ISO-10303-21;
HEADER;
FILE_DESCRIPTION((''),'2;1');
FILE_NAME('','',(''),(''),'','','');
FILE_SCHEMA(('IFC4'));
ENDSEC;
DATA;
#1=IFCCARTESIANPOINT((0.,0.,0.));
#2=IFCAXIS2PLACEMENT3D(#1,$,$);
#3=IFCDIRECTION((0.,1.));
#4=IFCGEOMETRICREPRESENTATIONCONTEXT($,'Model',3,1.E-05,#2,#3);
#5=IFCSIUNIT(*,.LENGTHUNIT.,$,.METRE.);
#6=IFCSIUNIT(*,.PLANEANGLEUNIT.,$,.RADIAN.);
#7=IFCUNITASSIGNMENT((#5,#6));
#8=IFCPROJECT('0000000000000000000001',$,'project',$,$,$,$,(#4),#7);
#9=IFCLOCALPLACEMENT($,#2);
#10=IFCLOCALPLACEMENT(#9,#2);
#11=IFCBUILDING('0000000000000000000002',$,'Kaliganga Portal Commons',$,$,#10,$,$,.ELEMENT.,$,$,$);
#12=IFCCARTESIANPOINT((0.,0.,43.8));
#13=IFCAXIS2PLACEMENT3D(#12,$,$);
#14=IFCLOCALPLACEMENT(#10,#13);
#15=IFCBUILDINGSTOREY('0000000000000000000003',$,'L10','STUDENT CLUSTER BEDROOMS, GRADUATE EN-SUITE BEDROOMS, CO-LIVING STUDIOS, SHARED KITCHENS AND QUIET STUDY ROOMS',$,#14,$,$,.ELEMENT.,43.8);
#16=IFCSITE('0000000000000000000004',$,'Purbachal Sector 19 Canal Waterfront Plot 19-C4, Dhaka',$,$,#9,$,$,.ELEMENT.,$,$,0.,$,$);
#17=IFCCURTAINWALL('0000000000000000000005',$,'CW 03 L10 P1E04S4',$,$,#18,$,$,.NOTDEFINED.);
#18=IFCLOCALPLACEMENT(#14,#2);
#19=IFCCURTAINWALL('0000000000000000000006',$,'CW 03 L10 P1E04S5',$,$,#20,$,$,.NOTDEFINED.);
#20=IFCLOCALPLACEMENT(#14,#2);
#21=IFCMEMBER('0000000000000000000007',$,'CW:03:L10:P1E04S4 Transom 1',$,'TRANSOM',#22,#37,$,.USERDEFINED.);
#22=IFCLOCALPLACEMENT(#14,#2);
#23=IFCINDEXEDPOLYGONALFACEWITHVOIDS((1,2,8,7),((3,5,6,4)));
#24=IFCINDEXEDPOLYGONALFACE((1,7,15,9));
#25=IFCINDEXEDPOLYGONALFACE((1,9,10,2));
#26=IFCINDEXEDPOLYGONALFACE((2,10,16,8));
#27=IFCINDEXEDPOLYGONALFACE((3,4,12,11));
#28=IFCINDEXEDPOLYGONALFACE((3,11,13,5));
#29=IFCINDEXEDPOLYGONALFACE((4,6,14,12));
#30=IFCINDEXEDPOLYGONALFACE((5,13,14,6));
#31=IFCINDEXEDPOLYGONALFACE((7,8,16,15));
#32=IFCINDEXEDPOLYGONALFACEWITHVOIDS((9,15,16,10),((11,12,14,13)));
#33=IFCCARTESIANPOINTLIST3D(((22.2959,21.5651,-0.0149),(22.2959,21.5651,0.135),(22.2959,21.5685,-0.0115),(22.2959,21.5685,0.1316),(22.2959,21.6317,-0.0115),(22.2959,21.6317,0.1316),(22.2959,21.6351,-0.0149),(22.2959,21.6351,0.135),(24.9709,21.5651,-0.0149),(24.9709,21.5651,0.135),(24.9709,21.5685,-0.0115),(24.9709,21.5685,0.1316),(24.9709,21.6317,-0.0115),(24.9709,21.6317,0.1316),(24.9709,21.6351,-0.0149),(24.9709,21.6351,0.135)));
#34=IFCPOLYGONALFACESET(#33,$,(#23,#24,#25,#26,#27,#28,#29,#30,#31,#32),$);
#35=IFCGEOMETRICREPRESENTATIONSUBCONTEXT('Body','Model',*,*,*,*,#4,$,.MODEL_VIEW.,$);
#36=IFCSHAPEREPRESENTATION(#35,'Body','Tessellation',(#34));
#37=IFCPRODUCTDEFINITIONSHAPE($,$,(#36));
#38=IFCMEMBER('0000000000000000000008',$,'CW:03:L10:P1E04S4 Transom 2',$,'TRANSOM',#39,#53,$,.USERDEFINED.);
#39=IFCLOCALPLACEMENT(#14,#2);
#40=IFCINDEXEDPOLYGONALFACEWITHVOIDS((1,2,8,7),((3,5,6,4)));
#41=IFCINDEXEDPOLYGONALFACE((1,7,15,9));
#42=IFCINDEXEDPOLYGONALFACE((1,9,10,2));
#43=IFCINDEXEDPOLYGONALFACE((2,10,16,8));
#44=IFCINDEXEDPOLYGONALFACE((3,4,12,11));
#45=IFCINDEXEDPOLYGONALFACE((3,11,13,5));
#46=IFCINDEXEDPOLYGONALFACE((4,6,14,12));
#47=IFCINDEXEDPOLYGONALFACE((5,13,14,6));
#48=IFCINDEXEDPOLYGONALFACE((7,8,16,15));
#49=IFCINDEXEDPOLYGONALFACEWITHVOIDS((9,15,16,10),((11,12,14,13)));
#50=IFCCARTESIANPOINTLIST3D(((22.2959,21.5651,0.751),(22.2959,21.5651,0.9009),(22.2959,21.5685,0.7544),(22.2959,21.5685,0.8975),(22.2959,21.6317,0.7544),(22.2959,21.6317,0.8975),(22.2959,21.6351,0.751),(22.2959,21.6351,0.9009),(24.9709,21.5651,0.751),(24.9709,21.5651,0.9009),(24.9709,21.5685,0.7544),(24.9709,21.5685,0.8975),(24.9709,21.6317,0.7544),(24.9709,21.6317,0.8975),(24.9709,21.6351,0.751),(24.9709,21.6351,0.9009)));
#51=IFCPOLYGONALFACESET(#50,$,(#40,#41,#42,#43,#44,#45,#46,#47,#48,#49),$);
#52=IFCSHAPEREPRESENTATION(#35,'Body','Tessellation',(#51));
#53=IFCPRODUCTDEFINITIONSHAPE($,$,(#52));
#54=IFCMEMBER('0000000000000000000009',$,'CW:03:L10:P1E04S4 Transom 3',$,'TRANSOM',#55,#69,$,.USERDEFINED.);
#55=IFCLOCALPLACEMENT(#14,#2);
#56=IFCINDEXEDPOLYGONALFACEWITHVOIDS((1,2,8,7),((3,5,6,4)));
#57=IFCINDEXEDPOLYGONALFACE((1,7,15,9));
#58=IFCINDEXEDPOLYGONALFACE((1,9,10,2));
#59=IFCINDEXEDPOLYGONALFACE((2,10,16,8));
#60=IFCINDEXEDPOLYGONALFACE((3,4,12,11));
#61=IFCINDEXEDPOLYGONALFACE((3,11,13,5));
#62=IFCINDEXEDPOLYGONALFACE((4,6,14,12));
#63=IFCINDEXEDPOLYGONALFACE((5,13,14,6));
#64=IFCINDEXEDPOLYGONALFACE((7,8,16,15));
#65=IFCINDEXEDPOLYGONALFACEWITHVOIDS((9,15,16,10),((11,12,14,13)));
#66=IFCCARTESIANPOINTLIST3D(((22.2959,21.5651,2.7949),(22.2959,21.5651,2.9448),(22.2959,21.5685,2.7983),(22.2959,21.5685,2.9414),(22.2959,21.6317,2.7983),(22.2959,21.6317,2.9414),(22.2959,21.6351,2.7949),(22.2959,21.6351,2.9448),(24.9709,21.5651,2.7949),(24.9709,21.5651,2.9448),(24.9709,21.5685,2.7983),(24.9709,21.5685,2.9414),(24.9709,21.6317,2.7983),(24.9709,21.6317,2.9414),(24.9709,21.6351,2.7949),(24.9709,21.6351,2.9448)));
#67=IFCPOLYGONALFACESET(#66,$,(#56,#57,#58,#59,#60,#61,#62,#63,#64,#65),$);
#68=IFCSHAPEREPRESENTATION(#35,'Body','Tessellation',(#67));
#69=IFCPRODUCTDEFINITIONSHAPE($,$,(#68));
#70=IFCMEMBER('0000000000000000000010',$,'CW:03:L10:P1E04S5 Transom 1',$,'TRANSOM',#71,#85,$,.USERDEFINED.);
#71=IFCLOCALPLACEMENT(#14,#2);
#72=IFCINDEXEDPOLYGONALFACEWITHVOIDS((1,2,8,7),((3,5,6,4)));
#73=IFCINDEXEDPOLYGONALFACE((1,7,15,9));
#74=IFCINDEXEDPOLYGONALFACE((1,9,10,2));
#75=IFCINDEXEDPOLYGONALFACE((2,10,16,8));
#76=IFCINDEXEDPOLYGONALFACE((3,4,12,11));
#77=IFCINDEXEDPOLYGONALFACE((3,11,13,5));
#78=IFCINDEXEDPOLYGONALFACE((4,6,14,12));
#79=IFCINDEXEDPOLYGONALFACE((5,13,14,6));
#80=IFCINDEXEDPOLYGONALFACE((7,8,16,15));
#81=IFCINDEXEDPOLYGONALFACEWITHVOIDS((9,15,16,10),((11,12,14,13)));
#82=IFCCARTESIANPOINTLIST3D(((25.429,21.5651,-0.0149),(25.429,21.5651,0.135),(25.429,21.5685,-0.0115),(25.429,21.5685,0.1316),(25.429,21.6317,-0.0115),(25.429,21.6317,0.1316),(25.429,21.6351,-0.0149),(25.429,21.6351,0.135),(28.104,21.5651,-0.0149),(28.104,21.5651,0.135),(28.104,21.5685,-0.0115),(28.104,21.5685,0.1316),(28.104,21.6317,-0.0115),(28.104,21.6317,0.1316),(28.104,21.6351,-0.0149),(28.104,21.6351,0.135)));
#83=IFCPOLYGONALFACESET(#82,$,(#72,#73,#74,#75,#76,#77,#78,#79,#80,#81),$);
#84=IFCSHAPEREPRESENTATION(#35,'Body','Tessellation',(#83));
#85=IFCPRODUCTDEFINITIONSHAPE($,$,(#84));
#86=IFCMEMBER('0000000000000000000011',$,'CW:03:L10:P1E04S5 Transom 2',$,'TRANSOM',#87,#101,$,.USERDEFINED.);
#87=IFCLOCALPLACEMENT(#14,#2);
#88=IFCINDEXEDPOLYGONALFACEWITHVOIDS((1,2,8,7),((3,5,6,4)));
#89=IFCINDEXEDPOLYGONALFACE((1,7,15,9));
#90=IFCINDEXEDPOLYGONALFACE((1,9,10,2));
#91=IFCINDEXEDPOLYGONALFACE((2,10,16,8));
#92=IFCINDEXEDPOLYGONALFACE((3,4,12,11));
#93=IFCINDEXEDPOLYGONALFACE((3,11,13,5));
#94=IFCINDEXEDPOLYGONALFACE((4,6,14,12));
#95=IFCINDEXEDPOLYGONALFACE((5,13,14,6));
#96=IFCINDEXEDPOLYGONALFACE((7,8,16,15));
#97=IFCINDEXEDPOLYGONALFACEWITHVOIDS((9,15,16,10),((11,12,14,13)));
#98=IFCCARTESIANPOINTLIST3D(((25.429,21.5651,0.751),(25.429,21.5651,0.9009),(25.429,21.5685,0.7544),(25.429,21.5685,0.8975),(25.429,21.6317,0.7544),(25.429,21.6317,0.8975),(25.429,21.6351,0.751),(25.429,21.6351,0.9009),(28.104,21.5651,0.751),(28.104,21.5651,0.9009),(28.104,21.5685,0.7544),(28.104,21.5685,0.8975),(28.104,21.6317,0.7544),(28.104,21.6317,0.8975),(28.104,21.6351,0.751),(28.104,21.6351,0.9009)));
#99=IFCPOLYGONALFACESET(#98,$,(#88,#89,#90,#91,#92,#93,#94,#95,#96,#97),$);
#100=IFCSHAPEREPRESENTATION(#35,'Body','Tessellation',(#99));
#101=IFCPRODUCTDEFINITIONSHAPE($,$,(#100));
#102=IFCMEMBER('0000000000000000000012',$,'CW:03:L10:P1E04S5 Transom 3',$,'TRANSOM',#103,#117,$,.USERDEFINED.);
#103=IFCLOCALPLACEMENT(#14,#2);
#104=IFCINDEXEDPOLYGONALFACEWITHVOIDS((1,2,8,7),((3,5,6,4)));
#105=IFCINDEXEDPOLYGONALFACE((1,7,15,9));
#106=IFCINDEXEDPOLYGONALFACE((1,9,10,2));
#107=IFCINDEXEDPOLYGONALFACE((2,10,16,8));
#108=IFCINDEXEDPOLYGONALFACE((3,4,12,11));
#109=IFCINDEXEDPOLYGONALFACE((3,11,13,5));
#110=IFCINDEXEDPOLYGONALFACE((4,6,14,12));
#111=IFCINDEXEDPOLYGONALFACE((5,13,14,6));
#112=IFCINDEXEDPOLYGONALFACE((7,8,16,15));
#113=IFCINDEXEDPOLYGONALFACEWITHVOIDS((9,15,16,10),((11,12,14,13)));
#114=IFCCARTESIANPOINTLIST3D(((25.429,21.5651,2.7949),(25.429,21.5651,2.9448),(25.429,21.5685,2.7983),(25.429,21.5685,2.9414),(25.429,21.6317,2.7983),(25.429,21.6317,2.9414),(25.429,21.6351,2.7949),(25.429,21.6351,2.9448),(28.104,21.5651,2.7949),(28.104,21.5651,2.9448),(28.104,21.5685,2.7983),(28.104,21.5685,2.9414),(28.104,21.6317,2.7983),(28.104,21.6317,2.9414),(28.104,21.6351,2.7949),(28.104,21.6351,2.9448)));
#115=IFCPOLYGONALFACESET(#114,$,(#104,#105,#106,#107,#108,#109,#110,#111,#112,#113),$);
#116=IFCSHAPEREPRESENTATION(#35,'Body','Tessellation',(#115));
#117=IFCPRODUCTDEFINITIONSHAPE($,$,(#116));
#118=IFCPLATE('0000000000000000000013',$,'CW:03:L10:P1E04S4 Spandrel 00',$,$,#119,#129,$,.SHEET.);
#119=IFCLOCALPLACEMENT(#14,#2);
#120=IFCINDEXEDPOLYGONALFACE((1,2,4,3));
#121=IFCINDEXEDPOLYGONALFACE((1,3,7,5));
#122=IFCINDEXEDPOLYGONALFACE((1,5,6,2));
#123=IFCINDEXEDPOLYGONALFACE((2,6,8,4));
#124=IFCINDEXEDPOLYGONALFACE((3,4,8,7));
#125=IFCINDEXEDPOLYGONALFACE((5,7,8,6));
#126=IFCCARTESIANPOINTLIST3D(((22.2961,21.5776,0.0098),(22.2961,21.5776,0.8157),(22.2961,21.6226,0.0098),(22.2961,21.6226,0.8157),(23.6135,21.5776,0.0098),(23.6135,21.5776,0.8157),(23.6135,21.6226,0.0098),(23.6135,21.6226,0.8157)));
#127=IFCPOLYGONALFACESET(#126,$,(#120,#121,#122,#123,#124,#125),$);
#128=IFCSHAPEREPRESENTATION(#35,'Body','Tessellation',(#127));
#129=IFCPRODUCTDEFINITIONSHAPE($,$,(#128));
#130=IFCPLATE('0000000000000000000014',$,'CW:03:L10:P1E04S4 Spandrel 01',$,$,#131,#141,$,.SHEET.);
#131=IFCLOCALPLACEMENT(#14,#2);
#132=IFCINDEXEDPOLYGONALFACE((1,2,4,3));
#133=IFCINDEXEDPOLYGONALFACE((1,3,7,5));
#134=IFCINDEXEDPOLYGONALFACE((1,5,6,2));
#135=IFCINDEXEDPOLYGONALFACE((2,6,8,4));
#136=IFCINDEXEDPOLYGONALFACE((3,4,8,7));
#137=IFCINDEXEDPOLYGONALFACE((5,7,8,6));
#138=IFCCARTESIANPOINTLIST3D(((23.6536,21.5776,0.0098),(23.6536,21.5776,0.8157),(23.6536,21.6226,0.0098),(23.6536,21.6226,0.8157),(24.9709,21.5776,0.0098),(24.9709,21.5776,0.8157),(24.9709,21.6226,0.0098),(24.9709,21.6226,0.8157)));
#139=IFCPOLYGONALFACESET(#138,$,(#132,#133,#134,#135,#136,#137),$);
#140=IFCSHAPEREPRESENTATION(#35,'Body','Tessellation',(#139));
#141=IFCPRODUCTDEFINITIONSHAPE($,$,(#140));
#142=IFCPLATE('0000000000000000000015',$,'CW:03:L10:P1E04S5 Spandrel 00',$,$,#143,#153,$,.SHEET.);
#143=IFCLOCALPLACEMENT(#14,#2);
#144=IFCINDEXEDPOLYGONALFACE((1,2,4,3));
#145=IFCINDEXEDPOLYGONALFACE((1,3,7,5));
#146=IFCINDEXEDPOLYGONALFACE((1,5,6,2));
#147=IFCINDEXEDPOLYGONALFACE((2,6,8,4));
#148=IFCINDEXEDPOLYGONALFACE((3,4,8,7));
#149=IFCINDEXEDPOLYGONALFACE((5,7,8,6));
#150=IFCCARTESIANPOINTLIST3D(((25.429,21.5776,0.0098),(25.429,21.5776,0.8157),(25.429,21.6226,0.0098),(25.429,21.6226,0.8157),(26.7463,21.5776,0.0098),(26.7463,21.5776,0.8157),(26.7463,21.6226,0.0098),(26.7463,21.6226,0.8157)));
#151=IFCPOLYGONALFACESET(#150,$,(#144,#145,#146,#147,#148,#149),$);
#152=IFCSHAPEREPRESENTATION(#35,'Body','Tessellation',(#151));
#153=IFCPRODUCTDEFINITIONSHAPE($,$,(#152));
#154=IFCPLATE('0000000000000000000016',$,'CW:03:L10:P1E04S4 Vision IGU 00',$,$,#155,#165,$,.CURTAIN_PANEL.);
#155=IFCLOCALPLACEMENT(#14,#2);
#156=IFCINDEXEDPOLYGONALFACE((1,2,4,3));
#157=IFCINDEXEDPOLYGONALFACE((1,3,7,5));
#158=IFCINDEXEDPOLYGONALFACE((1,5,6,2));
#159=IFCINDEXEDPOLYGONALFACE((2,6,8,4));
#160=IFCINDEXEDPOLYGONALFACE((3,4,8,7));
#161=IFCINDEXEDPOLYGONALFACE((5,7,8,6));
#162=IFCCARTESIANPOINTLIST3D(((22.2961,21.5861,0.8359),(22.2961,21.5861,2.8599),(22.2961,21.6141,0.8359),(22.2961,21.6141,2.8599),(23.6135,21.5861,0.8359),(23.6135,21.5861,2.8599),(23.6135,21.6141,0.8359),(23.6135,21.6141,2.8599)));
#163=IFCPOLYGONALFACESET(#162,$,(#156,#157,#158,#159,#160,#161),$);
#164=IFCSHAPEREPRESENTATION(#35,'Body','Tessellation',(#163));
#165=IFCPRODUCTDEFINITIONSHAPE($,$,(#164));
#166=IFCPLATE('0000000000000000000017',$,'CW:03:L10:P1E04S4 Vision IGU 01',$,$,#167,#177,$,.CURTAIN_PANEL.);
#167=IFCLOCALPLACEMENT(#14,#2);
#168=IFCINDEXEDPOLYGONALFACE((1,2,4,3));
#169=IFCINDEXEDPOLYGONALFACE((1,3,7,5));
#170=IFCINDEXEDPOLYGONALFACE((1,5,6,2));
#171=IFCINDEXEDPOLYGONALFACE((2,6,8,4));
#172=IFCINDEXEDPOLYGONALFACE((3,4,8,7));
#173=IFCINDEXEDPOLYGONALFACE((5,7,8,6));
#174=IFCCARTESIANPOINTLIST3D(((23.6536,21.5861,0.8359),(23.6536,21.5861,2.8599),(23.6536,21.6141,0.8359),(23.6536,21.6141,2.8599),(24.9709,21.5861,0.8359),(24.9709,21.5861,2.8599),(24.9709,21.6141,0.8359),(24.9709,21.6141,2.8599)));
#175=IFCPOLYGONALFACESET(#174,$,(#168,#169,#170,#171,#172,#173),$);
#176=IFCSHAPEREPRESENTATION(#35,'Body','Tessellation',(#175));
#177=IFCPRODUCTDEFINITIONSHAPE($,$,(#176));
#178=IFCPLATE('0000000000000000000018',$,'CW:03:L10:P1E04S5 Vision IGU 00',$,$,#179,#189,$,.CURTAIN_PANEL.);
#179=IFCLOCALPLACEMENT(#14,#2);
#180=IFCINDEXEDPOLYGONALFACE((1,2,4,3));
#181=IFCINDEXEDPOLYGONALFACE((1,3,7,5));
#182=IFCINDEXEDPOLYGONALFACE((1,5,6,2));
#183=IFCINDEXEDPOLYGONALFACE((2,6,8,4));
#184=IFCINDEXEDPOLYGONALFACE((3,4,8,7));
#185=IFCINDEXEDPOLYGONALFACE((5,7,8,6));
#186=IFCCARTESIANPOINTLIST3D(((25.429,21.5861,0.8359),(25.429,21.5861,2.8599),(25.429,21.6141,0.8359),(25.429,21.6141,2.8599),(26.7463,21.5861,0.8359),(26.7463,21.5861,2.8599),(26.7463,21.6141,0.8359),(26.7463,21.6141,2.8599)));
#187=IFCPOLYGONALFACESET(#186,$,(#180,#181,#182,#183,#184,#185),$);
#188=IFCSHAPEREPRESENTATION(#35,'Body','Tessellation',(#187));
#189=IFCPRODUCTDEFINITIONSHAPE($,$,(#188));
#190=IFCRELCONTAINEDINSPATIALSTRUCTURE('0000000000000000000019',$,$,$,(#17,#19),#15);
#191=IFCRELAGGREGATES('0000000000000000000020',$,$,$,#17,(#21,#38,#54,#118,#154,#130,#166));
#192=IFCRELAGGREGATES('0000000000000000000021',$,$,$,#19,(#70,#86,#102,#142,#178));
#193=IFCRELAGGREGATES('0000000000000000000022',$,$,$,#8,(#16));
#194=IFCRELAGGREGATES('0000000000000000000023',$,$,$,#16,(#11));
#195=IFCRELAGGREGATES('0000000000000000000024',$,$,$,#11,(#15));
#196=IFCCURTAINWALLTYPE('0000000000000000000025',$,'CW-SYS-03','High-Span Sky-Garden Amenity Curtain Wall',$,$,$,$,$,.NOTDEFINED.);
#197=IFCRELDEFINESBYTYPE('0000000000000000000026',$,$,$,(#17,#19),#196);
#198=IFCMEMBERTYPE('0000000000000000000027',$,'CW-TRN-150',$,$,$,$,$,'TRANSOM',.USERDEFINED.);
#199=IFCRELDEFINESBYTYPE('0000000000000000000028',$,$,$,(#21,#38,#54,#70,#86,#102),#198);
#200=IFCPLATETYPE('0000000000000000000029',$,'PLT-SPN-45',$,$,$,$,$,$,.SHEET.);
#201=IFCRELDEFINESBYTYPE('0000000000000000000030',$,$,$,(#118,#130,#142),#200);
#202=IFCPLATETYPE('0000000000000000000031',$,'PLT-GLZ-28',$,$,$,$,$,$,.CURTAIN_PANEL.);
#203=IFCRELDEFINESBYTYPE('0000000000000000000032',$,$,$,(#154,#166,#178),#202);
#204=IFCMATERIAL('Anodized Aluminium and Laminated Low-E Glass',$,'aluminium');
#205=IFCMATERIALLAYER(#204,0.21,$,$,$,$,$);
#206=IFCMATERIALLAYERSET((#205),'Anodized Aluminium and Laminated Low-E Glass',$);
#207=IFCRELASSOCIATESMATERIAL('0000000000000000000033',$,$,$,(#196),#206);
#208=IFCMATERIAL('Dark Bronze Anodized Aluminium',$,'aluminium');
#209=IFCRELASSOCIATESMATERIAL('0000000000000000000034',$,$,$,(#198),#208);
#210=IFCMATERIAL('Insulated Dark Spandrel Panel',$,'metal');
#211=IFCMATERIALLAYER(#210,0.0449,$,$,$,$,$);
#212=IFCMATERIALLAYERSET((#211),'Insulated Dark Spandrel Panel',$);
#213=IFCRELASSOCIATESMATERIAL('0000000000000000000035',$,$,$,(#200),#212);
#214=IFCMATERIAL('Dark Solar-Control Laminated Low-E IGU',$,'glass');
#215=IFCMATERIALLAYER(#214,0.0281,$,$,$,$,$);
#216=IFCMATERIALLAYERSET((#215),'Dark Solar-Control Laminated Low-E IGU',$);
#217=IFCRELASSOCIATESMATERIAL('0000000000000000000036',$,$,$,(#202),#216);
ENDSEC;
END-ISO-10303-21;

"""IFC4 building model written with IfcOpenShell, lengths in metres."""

from ifc_helpers import new_model, si_unit, direction, frame, origin, origin_2d, place, context, subcontext, project, spatial, rectangle, hollow_rectangle, extrude, source, transform, mapped, material, layer, layer_set, material_profile, profile_set, type_object, element, aggregate, save


model = new_model("IFC4")

# Units and contexts
model_context = context("Model", 3, precision=1e-05, world=origin(), true_north=direction((0.0, 1.0)))
body_context = subcontext(model_context, "Body", "Model", "MODEL_VIEW")
ifc_project = project(units=[si_unit("LENGTHUNIT", "METRE"), si_unit("PLANEANGLEUNIT", "RADIAN")], contexts=[model_context])

# Site, building, storey
site_placement = place(None, origin())
site = spatial("IfcSite", under=ifc_project, at=site_placement, Name="Purbachal Sector 19 Canal Waterfront Plot 19-C4, Dhaka", CompositionType="ELEMENT", RefElevation=0.0)
building_placement = place(site_placement, origin())
building = spatial("IfcBuilding", under=site, at=building_placement, Name="Kaliganga Portal Commons", CompositionType="ELEMENT")
storey_placement = place(building_placement, frame((0.0, 0.0, 43.8)))
storey = spatial("IfcBuildingStorey", under=building, at=storey_placement, Name="L10", Description="STUDENT CLUSTER BEDROOMS, GRADUATE EN-SUITE BEDROOMS, CO-LIVING STUDIOS, SHARED KITCHENS AND QUIET STUDY ROOMS", CompositionType="ELEMENT", Elevation=43.8)

# Curtain walls
ifc_material_1 = material(Name="Anodized Aluminium and Laminated Low-E Glass", Category="aluminium")
ifc_layer_1 = layer(ifc_material_1, 0.21)
ifc_layer_set_1 = layer_set([ifc_layer_1], Name="Anodized Aluminium and Laminated Low-E Glass")
curtain_wall_type = type_object("IfcCurtainWallType", Name="CW-SYS-03", Description="High-Span Sky-Garden Amenity Curtain Wall", PredefinedType="NOTDEFINED", material=ifc_layer_set_1)
curtain_wall_1_placement = place(storey_placement, origin())
curtain_wall_1 = element("IfcCurtainWall", 1, at=curtain_wall_1_placement, inside=storey, type_object=curtain_wall_type, Name="CW 03 L10 P1E04S4", PredefinedType="NOTDEFINED")
ifc_material_2 = material(Name="Dark Bronze Anodized Aluminium", Category="aluminium")
curtain_wall_2_placement = place(storey_placement, origin())
curtain_wall_2 = element("IfcCurtainWall", 2, at=curtain_wall_2_placement, inside=storey, type_object=curtain_wall_type, Name="CW 03 L10 P1E04S5", PredefinedType="NOTDEFINED")

# Members
ifc_material_profile_1 = material_profile(ifc_material_2, hollow_rectangle(XDim=0.0701, YDim=0.1499, WallThickness=0.0034, at=origin_2d()), Name="ALU TRAN 70x150x3.5")
ifc_profile_set_1 = profile_set([ifc_material_profile_1], Name="Dark Bronze Anodized Aluminium")
member_type_1 = type_object("IfcMemberType", Name="CW-TRN-150", ElementType="TRANSOM", PredefinedType="USERDEFINED", material=ifc_profile_set_1)
shared_shape_1 = source(origin(), body_context, "Body", "SweptSolid", [
    extrude(hollow_rectangle(XDim=0.0701, YDim=0.1499, WallThickness=0.0034, at=origin_2d()), origin(), (0.0, 0.0, 1.0), 2.675),
])
member_1_placement = place(storey_placement, frame((22.2959, 21.6001, 0.0601), z_axis=(1.0, 0.0, 0.0), x_axis=(0.0, 1.0, 0.0)))
member_1 = element("IfcMember", 3, at=member_1_placement, type_object=member_type_1, Name="CW:03:L10:P1E04S4 Transom 1", ObjectType="TRANSOM", PredefinedType="USERDEFINED", context=body_context, shape_type="MappedRepresentation", body=[
    mapped(shared_shape_1, transform((0.0, 0.0, 0.0), x_axis=(1.0, 0.0, 0.0), y_axis=(0.0, 1.0, 0.0), z_axis=(0.0, 0.0, 1.0), scale=1.0)),
])
member_2_placement = place(storey_placement, frame((22.2959, 21.6001, 0.8259), z_axis=(1.0, 0.0, 0.0), x_axis=(0.0, 1.0, 0.0)))
member_2 = element("IfcMember", 4, at=member_2_placement, type_object=member_type_1, Name="CW:03:L10:P1E04S4 Transom 2", ObjectType="TRANSOM", PredefinedType="USERDEFINED", context=body_context, shape_type="MappedRepresentation", body=[
    mapped(shared_shape_1, transform((0.0, 0.0, 0.0), x_axis=(1.0, 0.0, 0.0), y_axis=(0.0, 1.0, 0.0), z_axis=(0.0, 0.0, 1.0), scale=1.0)),
])
member_3_placement = place(storey_placement, frame((22.2959, 21.6001, 2.8699), z_axis=(1.0, 0.0, 0.0), x_axis=(0.0, 1.0, 0.0)))
member_3 = element("IfcMember", 5, at=member_3_placement, type_object=member_type_1, Name="CW:03:L10:P1E04S4 Transom 3", ObjectType="TRANSOM", PredefinedType="USERDEFINED", context=body_context, shape_type="MappedRepresentation", body=[
    mapped(shared_shape_1, transform((0.0, 0.0, 0.0), x_axis=(1.0, 0.0, 0.0), y_axis=(0.0, 1.0, 0.0), z_axis=(0.0, 0.0, 1.0), scale=1.0)),
])
member_4_placement = place(storey_placement, frame((25.429, 21.6001, 0.0601), z_axis=(1.0, 0.0, 0.0), x_axis=(0.0, 1.0, 0.0)))
member_4 = element("IfcMember", 6, at=member_4_placement, type_object=member_type_1, Name="CW:03:L10:P1E04S5 Transom 1", ObjectType="TRANSOM", PredefinedType="USERDEFINED", context=body_context, shape_type="MappedRepresentation", body=[
    mapped(shared_shape_1, transform((0.0, 0.0, 0.0), x_axis=(1.0, 0.0, 0.0), y_axis=(0.0, 1.0, 0.0), z_axis=(0.0, 0.0, 1.0), scale=1.0)),
])
member_5_placement = place(storey_placement, frame((25.429, 21.6001, 0.8259), z_axis=(1.0, 0.0, 0.0), x_axis=(0.0, 1.0, 0.0)))
member_5 = element("IfcMember", 7, at=member_5_placement, type_object=member_type_1, Name="CW:03:L10:P1E04S5 Transom 2", ObjectType="TRANSOM", PredefinedType="USERDEFINED", context=body_context, shape_type="MappedRepresentation", body=[
    mapped(shared_shape_1, transform((0.0, 0.0, 0.0), x_axis=(1.0, 0.0, 0.0), y_axis=(0.0, 1.0, 0.0), z_axis=(0.0, 0.0, 1.0), scale=1.0)),
])
member_6_placement = place(storey_placement, frame((25.429, 21.6001, 2.8699), z_axis=(1.0, 0.0, 0.0), x_axis=(0.0, 1.0, 0.0)))
member_6 = element("IfcMember", 8, at=member_6_placement, type_object=member_type_1, Name="CW:03:L10:P1E04S5 Transom 3", ObjectType="TRANSOM", PredefinedType="USERDEFINED", context=body_context, shape_type="MappedRepresentation", body=[
    mapped(shared_shape_1, transform((0.0, 0.0, 0.0), x_axis=(1.0, 0.0, 0.0), y_axis=(0.0, 1.0, 0.0), z_axis=(0.0, 0.0, 1.0), scale=1.0)),
])

# Plates
ifc_material_3 = material(Name="Insulated Dark Spandrel Panel", Category="metal")
ifc_layer_2 = layer(ifc_material_3, 0.0449)
ifc_layer_set_2 = layer_set([ifc_layer_2], Name="Insulated Dark Spandrel Panel")
plate_type_1 = type_object("IfcPlateType", Name="PLT-SPN-45", PredefinedType="SHEET", material=ifc_layer_set_2)
shared_shape_2 = source(origin(), body_context, "Body", "SweptSolid", [
    extrude(rectangle(XDim=1.3174, YDim=0.0449, at=origin_2d()), origin(), (0.0, 0.0, 1.0), 0.8059),
])
plate_1_placement = place(storey_placement, frame((22.9548, 21.6001, 0.0098), z_axis=(0.0, 0.0, 1.0), x_axis=(1.0, 0.0, 0.0)))
plate_1 = element("IfcPlate", 9, at=plate_1_placement, type_object=plate_type_1, Name="CW:03:L10:P1E04S4 Spandrel 00", PredefinedType="SHEET", context=body_context, shape_type="MappedRepresentation", body=[
    mapped(shared_shape_2, transform((0.0, 0.0, 0.0), x_axis=(1.0, 0.0, 0.0), y_axis=(0.0, 1.0, 0.0), z_axis=(0.0, 0.0, 1.0), scale=1.0)),
])
plate_2_placement = place(storey_placement, frame((24.3123, 21.6001, 0.0098), z_axis=(0.0, 0.0, 1.0), x_axis=(1.0, 0.0, 0.0)))
plate_2 = element("IfcPlate", 10, at=plate_2_placement, type_object=plate_type_1, Name="CW:03:L10:P1E04S4 Spandrel 01", PredefinedType="SHEET", context=body_context, shape_type="MappedRepresentation", body=[
    mapped(shared_shape_2, transform((0.0, 0.0, 0.0), x_axis=(1.0, 0.0, 0.0), y_axis=(0.0, 1.0, 0.0), z_axis=(0.0, 0.0, 1.0), scale=1.0)),
])
plate_3_placement = place(storey_placement, frame((26.0876, 21.6001, 0.0098), z_axis=(0.0, 0.0, 1.0), x_axis=(1.0, 0.0, 0.0)))
plate_3 = element("IfcPlate", 11, at=plate_3_placement, type_object=plate_type_1, Name="CW:03:L10:P1E04S5 Spandrel 00", PredefinedType="SHEET", context=body_context, shape_type="MappedRepresentation", body=[
    mapped(shared_shape_2, transform((0.0, 0.0, 0.0), x_axis=(1.0, 0.0, 0.0), y_axis=(0.0, 1.0, 0.0), z_axis=(0.0, 0.0, 1.0), scale=1.0)),
])
ifc_material_4 = material(Name="Dark Solar-Control Laminated Low-E IGU", Category="glass")
ifc_layer_3 = layer(ifc_material_4, 0.0281)
ifc_layer_set_3 = layer_set([ifc_layer_3], Name="Dark Solar-Control Laminated Low-E IGU")
plate_type_2 = type_object("IfcPlateType", Name="PLT-GLZ-28", PredefinedType="CURTAIN_PANEL", material=ifc_layer_set_3)
shared_shape_3 = source(origin(), body_context, "Body", "SweptSolid", [
    extrude(rectangle(XDim=1.3174, YDim=0.0281, at=origin_2d()), origin(), (0.0, 0.0, 1.0), 2.0239),
])
plate_4_placement = place(storey_placement, frame((22.9548, 21.6001, 0.8359), z_axis=(0.0, 0.0, 1.0), x_axis=(1.0, 0.0, 0.0)))
plate_4 = element("IfcPlate", 12, at=plate_4_placement, type_object=plate_type_2, Name="CW:03:L10:P1E04S4 Vision IGU 00", PredefinedType="CURTAIN_PANEL", context=body_context, shape_type="MappedRepresentation", body=[
    mapped(shared_shape_3, transform((0.0, 0.0, 0.0), x_axis=(1.0, 0.0, 0.0), y_axis=(0.0, 1.0, 0.0), z_axis=(0.0, 0.0, 1.0), scale=1.0)),
])
plate_5_placement = place(storey_placement, frame((24.3123, 21.6001, 0.8359), z_axis=(0.0, 0.0, 1.0), x_axis=(1.0, 0.0, 0.0)))
plate_5 = element("IfcPlate", 13, at=plate_5_placement, type_object=plate_type_2, Name="CW:03:L10:P1E04S4 Vision IGU 01", PredefinedType="CURTAIN_PANEL", context=body_context, shape_type="MappedRepresentation", body=[
    mapped(shared_shape_3, transform((0.0, 0.0, 0.0), x_axis=(1.0, 0.0, 0.0), y_axis=(0.0, 1.0, 0.0), z_axis=(0.0, 0.0, 1.0), scale=1.0)),
])
aggregate(curtain_wall_1, [member_1, member_2, member_3, plate_1, plate_4, plate_2, plate_5])
plate_6_placement = place(storey_placement, frame((26.0876, 21.6001, 0.8359), z_axis=(0.0, 0.0, 1.0), x_axis=(1.0, 0.0, 0.0)))
plate_6 = element("IfcPlate", 14, at=plate_6_placement, type_object=plate_type_2, Name="CW:03:L10:P1E04S5 Vision IGU 00", PredefinedType="CURTAIN_PANEL", context=body_context, shape_type="MappedRepresentation", body=[
    mapped(shared_shape_3, transform((0.0, 0.0, 0.0), x_axis=(1.0, 0.0, 0.0), y_axis=(0.0, 1.0, 0.0), z_axis=(0.0, 0.0, 1.0), scale=1.0)),
])
aggregate(curtain_wall_2, [member_4, member_5, member_6, plate_3, plate_6])

save(model, "model.ifc")
